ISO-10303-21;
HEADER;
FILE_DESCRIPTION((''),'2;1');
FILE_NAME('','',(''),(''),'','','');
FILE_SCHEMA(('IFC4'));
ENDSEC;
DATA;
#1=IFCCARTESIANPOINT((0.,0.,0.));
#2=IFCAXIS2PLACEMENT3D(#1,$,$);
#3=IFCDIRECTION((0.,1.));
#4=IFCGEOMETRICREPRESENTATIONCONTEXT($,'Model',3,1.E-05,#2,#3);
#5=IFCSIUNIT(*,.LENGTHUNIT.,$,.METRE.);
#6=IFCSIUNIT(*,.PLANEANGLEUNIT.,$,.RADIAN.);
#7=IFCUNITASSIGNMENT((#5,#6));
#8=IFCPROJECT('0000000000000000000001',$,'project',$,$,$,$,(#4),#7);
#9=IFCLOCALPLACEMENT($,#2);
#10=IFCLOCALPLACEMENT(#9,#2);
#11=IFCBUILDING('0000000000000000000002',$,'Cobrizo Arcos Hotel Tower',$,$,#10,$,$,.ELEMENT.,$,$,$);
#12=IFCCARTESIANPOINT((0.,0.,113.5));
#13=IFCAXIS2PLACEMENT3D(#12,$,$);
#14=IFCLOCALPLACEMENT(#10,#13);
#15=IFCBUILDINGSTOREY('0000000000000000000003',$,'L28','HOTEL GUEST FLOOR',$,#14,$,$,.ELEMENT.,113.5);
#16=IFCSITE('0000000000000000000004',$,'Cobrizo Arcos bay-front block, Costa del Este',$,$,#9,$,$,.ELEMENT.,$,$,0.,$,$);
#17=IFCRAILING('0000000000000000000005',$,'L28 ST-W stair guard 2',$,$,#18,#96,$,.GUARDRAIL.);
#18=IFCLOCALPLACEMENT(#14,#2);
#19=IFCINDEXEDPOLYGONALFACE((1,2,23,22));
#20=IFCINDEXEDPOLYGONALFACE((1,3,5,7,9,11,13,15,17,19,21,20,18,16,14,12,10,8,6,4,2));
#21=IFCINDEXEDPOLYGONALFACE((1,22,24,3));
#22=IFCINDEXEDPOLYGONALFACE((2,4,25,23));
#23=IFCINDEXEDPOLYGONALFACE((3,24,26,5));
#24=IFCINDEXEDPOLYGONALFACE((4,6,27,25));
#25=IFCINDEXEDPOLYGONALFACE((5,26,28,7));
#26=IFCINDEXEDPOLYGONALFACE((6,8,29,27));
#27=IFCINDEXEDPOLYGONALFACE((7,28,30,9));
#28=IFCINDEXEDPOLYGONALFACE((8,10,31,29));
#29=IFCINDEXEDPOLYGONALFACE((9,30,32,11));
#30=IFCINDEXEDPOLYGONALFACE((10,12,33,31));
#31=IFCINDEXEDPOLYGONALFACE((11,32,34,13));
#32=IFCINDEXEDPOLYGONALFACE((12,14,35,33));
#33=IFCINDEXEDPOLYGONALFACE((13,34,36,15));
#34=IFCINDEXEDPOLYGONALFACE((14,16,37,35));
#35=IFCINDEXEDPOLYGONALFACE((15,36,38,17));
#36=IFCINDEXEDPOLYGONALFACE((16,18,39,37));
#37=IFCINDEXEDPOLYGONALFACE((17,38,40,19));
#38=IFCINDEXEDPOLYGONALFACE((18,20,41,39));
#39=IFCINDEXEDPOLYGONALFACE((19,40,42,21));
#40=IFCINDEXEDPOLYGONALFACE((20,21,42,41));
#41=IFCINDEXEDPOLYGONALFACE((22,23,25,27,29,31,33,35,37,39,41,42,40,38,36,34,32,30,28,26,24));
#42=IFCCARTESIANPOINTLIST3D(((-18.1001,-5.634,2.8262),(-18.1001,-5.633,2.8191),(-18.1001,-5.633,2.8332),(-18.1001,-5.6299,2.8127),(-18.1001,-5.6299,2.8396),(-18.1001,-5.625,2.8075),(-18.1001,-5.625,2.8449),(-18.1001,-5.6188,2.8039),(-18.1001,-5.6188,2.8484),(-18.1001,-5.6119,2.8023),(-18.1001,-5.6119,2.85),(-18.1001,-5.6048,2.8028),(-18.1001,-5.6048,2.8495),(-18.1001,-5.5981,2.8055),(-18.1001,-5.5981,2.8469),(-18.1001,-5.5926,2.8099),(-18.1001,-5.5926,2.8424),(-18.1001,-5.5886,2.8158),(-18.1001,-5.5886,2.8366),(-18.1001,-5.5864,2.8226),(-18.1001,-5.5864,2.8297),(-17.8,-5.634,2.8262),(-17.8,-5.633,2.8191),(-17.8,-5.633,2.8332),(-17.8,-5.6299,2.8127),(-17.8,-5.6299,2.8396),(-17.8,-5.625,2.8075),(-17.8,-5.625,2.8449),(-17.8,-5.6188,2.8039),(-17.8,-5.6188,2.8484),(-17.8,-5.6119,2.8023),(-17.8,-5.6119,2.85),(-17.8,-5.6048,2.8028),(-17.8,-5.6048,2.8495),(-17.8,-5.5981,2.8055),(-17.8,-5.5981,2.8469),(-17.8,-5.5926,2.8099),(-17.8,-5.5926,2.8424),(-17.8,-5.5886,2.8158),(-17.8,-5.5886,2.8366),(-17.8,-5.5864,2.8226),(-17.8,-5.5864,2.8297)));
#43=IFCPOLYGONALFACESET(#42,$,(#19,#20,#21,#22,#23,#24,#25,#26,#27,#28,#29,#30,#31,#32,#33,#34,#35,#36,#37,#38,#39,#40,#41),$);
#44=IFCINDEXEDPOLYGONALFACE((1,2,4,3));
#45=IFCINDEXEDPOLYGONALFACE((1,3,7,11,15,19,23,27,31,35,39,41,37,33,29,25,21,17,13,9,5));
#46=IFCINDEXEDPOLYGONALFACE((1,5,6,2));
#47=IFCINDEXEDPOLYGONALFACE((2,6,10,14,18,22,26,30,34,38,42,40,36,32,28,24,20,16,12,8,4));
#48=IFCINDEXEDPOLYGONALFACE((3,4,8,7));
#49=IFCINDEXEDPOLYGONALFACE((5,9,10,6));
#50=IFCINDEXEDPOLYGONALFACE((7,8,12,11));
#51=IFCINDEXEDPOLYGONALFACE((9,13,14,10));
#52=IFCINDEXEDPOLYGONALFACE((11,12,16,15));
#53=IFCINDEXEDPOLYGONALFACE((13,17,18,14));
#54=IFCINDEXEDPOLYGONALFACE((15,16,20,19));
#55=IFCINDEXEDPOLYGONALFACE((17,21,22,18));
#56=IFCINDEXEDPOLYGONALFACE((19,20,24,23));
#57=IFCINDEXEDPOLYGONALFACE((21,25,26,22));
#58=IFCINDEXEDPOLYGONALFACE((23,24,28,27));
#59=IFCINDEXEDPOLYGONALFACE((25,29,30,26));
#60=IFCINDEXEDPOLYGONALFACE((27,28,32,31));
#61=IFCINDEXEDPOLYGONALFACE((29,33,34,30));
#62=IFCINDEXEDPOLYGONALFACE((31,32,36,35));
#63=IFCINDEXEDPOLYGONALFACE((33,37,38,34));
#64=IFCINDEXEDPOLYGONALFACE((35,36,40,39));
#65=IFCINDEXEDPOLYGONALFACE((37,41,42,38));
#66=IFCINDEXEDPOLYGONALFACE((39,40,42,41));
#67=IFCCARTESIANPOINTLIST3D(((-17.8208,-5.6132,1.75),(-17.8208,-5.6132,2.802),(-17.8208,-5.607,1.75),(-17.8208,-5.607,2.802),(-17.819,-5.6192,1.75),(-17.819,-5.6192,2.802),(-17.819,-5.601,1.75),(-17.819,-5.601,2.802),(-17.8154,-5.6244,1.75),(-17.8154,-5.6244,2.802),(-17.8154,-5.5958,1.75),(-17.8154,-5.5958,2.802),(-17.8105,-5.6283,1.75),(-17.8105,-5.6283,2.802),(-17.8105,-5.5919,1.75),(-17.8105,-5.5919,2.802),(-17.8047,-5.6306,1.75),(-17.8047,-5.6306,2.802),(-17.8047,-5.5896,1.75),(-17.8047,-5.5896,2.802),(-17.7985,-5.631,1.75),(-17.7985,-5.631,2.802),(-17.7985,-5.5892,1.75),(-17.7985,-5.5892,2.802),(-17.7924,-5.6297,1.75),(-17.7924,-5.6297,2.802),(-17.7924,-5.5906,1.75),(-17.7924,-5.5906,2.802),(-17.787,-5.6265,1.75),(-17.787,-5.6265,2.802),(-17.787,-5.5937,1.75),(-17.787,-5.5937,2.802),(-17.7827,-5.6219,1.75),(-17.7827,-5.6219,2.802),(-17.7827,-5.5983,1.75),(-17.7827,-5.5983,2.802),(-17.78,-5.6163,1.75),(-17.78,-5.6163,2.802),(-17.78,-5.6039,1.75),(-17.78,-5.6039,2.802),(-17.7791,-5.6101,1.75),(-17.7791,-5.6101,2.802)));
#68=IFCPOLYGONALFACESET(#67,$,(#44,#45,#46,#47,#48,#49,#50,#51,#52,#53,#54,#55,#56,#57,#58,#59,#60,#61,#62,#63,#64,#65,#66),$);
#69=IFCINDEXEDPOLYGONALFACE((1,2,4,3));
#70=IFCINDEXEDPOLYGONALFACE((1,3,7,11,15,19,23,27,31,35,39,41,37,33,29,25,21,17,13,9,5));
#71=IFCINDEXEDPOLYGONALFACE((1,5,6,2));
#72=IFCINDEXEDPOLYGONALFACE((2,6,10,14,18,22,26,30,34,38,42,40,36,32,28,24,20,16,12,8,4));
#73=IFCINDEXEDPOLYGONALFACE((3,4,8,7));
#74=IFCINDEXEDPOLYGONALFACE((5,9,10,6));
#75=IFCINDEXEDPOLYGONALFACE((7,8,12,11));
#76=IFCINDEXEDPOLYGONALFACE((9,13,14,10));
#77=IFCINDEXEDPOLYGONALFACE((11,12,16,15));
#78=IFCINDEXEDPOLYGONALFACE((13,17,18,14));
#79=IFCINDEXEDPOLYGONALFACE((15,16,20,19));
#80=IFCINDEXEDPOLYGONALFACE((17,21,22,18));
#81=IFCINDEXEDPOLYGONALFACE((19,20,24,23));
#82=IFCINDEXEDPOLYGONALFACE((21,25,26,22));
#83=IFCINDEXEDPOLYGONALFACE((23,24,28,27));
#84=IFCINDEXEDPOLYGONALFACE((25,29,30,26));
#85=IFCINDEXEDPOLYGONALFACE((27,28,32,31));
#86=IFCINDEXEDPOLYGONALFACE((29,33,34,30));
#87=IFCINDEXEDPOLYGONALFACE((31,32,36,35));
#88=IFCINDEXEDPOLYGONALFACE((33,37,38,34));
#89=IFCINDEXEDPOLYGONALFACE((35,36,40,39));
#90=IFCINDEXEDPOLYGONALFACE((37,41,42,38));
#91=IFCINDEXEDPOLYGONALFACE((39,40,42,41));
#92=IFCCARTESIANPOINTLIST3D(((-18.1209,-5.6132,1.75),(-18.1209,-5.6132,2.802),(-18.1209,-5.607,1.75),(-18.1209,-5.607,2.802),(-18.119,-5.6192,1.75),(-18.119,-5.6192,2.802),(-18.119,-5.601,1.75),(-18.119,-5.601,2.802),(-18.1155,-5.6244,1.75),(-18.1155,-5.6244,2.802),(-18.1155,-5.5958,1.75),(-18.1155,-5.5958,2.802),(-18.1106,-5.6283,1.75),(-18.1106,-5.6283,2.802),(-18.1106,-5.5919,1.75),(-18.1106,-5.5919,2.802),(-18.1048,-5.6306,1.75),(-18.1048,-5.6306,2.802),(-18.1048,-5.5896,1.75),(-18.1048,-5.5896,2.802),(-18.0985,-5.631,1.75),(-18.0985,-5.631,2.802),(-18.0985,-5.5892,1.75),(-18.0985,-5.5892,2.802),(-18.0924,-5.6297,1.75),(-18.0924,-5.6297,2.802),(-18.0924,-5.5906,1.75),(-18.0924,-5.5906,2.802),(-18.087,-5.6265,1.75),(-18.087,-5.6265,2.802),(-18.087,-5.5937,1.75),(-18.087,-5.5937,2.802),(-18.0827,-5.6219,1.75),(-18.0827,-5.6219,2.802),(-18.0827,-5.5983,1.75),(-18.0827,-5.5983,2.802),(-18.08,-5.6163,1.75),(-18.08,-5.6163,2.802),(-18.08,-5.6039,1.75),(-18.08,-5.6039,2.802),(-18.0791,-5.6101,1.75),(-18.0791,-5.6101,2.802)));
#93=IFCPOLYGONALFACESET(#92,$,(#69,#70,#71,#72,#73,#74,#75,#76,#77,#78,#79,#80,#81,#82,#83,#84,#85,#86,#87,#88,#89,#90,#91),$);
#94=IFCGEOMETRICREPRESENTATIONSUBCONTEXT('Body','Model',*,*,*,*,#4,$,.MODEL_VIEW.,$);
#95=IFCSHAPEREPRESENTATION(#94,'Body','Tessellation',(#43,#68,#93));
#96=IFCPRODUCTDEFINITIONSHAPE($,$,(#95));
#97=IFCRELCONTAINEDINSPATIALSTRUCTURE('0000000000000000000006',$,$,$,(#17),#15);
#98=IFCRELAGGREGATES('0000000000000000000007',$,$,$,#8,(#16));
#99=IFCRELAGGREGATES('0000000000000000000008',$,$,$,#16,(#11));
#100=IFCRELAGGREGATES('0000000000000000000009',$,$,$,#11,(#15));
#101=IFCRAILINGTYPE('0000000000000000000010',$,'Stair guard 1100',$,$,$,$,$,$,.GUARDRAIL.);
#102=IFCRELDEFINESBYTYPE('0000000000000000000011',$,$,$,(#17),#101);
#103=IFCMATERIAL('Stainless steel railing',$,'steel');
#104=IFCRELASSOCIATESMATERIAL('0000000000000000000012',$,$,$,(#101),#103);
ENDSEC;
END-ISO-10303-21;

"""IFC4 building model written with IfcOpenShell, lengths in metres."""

from ifc_helpers import new_model, si_unit, direction, frame, origin, origin_2d, place, context, subcontext, project, spatial, circle, extrude, material, type_object, element, save


model = new_model("IFC4")

# Units and contexts
model_context = context("Model", 3, precision=1e-05, world=origin(), true_north=direction((0.0, 1.0)))
body_context = subcontext(model_context, "Body", "Model", "MODEL_VIEW")
ifc_project = project(units=[si_unit("LENGTHUNIT", "METRE"), si_unit("PLANEANGLEUNIT", "RADIAN")], contexts=[model_context])

# Site, building, storey
site_placement = place(None, origin())
site = spatial("IfcSite", under=ifc_project, at=site_placement, Name="Cobrizo Arcos bay-front block, Costa del Este", CompositionType="ELEMENT", RefElevation=0.0)
building_placement = place(site_placement, origin())
building = spatial("IfcBuilding", under=site, at=building_placement, Name="Cobrizo Arcos Hotel Tower", CompositionType="ELEMENT")
storey_placement = place(building_placement, frame((0.0, 0.0, 113.5)))
storey = spatial("IfcBuildingStorey", under=building, at=storey_placement, Name="L28", Description="HOTEL GUEST FLOOR", CompositionType="ELEMENT", Elevation=113.5)

# Railing
ifc_material_1 = material(Name="Stainless steel railing", Category="steel")
railing_type_1 = type_object("IfcRailingType", Name="Stair guard 1100", PredefinedType="GUARDRAIL", material=ifc_material_1)
railing_1_placement = place(storey_placement, frame((-17.8, -5.6101, 1.75)))
element("IfcRailing", 1, at=railing_1_placement, inside=storey, type_object=railing_type_1, Name="L28 ST-W stair guard 2", PredefinedType="GUARDRAIL", context=body_context, shape_type="SweptSolid", body=[
    extrude(circle(Radius=0.0239, at=origin_2d()), frame((0.0, 0.0, 1.0762), z_axis=(-1.0, 0.0, 0.0), x_axis=(0.0, -1.0, 0.0)), (0.0, 0.0, 1.0), 0.3),
    extrude(circle(Radius=0.021, at=origin_2d()), origin(), (0.0, 0.0, 1.0), 1.052),
    extrude(circle(Radius=0.021, at=origin_2d()), frame((-0.3, 0.0, 0.0)), (0.0, 0.0, 1.0), 1.052),
])

save(model, "model.ifc")
